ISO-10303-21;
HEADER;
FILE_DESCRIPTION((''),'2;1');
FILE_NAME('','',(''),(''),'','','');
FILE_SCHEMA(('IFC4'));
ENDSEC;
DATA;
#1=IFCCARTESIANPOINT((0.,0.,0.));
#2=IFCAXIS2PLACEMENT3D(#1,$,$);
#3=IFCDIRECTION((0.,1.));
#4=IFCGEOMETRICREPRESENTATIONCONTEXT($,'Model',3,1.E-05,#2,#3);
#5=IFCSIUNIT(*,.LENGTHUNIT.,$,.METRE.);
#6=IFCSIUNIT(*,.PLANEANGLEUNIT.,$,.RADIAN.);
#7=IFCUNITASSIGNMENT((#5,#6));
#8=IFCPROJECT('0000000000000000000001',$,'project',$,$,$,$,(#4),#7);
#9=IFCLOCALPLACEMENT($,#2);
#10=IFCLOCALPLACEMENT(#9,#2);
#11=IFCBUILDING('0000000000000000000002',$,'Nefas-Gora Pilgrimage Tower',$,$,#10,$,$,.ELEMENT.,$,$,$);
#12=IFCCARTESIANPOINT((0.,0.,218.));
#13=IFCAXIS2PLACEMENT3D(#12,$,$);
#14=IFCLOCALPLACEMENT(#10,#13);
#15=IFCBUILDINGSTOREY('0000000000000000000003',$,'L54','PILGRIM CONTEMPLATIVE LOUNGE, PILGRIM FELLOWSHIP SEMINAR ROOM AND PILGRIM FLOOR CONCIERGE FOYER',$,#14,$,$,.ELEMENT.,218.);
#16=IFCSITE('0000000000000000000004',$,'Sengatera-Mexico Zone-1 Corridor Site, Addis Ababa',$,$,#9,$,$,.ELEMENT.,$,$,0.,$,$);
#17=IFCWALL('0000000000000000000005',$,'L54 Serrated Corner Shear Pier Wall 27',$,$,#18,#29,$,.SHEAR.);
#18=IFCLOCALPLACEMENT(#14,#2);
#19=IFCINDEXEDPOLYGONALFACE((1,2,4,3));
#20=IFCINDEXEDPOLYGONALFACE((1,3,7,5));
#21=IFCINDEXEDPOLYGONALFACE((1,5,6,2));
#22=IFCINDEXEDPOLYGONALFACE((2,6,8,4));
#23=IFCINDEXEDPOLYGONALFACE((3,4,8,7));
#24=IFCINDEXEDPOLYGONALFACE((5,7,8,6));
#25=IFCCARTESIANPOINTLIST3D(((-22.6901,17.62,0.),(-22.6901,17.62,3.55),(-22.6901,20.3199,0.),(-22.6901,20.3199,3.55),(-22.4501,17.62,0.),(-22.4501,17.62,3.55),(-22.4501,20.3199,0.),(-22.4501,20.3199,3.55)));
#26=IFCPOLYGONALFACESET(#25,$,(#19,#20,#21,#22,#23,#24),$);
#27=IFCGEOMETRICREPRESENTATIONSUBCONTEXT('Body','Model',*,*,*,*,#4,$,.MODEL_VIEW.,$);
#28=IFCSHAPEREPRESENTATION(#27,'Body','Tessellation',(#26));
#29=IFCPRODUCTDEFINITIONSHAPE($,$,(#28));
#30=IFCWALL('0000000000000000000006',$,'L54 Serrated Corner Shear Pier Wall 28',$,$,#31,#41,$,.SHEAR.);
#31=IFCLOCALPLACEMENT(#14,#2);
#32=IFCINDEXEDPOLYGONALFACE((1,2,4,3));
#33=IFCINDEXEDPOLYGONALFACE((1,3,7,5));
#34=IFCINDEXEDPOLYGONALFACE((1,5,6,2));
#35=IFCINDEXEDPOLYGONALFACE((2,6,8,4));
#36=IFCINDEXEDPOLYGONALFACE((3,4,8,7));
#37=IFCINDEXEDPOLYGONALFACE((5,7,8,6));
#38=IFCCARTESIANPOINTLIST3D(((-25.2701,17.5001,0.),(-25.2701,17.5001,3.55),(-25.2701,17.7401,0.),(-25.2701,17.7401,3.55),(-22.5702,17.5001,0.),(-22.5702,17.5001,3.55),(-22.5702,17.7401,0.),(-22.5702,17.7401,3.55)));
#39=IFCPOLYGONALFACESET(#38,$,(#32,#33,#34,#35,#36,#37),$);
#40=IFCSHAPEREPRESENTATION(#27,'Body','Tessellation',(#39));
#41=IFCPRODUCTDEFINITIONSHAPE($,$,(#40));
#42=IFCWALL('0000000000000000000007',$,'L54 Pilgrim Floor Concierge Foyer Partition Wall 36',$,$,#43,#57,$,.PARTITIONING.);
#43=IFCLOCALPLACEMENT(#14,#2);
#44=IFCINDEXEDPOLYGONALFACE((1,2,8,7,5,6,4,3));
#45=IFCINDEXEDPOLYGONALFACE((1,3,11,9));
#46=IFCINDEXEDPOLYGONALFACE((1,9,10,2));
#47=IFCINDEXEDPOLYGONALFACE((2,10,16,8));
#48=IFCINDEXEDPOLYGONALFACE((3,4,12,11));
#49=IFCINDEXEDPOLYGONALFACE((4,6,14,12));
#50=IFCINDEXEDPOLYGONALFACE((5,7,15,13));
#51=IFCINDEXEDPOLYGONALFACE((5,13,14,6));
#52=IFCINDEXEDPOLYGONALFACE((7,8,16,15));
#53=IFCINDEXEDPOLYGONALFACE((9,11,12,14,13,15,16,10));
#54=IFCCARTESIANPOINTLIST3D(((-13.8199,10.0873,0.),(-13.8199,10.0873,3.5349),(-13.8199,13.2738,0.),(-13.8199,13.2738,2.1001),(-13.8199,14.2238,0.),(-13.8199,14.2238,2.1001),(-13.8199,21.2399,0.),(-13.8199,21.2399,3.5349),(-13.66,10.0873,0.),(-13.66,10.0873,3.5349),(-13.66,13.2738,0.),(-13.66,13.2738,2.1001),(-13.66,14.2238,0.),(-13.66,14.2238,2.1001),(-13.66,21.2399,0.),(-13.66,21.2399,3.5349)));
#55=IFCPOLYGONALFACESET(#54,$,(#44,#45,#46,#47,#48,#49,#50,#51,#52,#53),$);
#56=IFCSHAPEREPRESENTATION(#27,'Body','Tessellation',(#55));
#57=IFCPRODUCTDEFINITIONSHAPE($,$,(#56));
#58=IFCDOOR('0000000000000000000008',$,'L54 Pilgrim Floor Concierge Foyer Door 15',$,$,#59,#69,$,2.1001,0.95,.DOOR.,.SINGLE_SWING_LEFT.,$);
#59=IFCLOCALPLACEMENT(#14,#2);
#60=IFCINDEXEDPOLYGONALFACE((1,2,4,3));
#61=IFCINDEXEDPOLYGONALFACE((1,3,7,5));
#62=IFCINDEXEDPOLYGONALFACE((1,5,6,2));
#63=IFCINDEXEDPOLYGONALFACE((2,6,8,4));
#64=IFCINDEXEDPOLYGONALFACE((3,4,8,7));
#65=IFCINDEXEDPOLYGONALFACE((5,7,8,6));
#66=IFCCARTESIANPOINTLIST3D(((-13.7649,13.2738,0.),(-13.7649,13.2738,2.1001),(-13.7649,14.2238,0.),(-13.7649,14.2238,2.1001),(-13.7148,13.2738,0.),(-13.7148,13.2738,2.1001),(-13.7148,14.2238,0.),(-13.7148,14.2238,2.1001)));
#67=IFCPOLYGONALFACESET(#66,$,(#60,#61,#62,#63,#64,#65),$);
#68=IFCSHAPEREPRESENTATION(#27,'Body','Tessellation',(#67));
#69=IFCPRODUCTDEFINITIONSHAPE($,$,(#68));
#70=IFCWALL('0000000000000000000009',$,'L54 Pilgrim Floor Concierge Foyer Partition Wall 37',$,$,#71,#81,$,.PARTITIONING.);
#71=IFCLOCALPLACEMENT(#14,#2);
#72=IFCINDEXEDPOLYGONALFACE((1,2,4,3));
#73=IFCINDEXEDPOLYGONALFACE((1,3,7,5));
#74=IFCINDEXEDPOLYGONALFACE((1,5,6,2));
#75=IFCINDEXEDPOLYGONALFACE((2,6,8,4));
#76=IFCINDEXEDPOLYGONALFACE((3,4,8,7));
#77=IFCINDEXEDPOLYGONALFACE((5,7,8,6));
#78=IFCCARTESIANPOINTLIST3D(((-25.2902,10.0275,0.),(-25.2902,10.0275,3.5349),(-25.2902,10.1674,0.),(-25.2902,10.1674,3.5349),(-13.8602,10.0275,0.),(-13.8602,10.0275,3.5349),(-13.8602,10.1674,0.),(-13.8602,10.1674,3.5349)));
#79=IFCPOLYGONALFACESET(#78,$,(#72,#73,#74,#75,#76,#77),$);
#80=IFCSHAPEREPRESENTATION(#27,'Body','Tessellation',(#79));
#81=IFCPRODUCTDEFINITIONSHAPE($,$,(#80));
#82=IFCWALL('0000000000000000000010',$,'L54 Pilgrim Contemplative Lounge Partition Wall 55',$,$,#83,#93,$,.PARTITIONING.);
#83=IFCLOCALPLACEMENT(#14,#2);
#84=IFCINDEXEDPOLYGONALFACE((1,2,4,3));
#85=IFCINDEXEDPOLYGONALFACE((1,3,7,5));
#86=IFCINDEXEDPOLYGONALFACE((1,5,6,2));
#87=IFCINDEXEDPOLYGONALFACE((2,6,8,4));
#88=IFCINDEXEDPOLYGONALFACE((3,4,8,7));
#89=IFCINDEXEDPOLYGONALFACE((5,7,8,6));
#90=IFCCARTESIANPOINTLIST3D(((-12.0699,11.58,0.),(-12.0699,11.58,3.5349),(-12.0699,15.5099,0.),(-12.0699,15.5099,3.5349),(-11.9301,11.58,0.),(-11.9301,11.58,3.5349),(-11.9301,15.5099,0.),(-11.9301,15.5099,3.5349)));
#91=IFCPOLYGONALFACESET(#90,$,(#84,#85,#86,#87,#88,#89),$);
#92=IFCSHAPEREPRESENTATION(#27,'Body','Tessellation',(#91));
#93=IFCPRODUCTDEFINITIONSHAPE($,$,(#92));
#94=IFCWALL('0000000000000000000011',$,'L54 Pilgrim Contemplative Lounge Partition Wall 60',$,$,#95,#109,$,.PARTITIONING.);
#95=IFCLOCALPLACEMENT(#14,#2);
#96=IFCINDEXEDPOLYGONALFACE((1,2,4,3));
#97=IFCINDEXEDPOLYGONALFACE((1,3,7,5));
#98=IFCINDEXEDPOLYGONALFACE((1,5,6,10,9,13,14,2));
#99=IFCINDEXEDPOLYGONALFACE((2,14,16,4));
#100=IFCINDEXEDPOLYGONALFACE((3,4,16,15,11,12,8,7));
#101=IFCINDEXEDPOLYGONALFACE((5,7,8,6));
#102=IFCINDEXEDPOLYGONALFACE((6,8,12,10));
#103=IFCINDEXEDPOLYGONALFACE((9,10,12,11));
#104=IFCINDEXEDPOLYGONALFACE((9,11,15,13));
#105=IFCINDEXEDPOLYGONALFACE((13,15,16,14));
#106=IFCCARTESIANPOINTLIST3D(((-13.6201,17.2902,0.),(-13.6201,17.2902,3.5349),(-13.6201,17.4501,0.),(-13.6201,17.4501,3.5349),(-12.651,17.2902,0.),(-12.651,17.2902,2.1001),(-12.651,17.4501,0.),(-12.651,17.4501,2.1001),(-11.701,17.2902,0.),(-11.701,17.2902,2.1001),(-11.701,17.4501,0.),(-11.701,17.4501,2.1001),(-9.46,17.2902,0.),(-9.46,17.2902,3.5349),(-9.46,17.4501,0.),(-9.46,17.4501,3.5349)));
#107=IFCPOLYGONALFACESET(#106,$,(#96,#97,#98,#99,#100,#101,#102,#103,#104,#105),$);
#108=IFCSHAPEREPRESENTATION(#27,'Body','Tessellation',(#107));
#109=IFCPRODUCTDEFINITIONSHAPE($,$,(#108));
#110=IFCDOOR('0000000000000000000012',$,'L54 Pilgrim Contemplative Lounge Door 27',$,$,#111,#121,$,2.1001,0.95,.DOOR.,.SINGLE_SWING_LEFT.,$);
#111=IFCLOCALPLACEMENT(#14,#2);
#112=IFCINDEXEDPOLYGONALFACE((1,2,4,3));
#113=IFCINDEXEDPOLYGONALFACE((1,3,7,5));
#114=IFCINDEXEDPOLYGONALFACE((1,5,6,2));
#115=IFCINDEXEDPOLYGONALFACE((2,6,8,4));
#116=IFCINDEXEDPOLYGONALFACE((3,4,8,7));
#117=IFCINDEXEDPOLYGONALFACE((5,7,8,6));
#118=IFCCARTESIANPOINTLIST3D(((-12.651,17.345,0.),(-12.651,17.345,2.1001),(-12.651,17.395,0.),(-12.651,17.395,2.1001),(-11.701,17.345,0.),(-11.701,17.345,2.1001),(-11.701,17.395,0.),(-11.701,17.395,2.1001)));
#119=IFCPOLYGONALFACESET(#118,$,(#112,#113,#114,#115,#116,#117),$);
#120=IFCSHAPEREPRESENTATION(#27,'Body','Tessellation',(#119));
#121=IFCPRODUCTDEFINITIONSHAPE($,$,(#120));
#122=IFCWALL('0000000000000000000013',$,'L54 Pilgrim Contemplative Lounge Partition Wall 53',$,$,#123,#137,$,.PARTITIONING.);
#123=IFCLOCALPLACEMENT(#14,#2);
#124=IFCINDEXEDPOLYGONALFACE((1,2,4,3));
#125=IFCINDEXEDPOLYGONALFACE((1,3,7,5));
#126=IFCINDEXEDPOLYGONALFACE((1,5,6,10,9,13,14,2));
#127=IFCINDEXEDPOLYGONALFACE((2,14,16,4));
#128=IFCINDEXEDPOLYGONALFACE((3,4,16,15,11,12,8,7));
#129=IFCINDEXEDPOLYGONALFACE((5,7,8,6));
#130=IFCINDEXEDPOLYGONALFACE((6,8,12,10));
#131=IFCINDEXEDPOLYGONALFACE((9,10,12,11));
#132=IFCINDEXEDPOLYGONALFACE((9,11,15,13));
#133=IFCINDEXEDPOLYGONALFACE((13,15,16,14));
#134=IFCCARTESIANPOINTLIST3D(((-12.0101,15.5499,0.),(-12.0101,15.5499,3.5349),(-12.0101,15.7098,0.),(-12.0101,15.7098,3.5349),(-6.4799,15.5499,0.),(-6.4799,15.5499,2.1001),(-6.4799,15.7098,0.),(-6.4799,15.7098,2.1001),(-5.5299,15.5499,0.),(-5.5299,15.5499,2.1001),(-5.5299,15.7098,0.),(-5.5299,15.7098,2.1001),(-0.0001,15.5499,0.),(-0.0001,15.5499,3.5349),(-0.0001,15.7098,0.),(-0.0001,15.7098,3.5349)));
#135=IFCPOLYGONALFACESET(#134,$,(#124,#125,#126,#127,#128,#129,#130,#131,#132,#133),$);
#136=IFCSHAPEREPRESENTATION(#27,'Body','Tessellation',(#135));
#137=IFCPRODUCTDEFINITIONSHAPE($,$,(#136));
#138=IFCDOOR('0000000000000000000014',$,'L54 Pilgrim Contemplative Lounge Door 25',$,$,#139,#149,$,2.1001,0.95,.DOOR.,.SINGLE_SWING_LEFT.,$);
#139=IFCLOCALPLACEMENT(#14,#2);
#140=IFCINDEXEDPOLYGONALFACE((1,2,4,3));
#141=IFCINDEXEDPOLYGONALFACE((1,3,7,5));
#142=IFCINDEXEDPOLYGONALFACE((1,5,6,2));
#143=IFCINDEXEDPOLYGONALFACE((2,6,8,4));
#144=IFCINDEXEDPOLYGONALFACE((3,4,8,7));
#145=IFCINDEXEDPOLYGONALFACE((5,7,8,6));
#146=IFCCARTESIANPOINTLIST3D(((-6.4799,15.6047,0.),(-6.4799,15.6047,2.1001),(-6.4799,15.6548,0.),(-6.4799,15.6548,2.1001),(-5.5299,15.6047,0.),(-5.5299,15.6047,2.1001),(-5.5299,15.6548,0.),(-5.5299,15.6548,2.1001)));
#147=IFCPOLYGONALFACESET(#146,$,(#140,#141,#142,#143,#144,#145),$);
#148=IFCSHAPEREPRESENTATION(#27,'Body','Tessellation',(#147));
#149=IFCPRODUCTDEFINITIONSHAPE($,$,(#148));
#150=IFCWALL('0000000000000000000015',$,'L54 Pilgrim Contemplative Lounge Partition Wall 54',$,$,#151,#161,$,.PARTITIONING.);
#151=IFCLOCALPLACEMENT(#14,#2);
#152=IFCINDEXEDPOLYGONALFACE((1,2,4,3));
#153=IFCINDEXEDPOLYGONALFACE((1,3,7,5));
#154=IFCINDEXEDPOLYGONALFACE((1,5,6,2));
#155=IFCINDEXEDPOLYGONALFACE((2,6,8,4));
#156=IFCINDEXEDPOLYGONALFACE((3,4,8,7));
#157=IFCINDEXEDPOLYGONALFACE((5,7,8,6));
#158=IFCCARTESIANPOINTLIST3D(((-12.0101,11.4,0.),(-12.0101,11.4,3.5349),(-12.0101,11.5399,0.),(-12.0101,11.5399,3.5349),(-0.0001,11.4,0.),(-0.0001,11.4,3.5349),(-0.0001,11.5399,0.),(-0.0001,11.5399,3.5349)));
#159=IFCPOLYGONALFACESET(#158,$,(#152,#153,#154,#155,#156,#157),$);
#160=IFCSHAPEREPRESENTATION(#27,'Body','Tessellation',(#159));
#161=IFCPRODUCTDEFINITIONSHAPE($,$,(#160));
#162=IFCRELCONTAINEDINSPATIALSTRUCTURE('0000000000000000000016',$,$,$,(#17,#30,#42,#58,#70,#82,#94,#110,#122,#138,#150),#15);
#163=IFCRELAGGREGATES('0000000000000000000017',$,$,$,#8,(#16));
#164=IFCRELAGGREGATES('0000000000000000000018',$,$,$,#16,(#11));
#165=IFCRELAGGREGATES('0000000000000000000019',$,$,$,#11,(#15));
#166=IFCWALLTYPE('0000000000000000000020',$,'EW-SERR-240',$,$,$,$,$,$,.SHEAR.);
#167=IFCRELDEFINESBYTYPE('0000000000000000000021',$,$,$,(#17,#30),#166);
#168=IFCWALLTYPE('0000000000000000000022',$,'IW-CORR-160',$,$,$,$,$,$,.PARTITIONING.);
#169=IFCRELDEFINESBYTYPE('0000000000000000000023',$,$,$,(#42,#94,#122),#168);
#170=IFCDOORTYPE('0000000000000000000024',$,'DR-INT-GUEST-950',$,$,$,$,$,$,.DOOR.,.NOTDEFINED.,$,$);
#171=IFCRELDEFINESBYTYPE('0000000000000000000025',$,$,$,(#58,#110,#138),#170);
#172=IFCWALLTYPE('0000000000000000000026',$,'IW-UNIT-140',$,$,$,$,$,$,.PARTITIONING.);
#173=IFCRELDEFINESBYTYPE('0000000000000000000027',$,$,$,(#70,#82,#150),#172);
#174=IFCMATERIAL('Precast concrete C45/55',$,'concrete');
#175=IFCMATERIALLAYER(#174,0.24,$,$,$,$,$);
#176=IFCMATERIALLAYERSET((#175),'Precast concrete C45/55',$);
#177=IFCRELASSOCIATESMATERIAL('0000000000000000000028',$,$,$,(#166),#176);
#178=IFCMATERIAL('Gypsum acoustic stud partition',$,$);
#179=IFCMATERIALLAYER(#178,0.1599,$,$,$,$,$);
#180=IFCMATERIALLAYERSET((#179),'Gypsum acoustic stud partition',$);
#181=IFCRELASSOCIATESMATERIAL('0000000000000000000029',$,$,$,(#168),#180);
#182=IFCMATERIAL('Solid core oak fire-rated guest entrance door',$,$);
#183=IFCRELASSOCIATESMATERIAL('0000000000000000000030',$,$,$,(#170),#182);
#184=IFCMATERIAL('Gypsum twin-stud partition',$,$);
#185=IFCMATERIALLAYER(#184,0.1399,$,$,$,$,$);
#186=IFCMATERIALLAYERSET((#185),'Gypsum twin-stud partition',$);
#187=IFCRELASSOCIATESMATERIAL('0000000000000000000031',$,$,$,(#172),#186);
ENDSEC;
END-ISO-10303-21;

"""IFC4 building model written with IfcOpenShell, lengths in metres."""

from ifc_helpers import new_model, si_unit, direction, frame, frame_2d, origin, place, context, subcontext, project, spatial, rectangle, extrude, source, transform, mapped, material, layer, layer_set, type_object, element, fill, save


model = new_model("IFC4")

# Units and contexts
model_context = context("Model", 3, precision=1e-05, world=origin(), true_north=direction((0.0, 1.0)))
body_context = subcontext(model_context, "Body", "Model", "MODEL_VIEW")
ifc_project = project(units=[si_unit("LENGTHUNIT", "METRE"), si_unit("PLANEANGLEUNIT", "RADIAN")], contexts=[model_context])

# Site, building, storey
site_placement = place(None, origin())
site = spatial("IfcSite", under=ifc_project, at=site_placement, Name="Sengatera-Mexico Zone-1 Corridor Site, Addis Ababa", CompositionType="ELEMENT", RefElevation=0.0)
building_placement = place(site_placement, origin())
building = spatial("IfcBuilding", under=site, at=building_placement, Name="Nefas-Gora Pilgrimage Tower", CompositionType="ELEMENT")
storey_placement = place(building_placement, frame((0.0, 0.0, 218.0)))
storey = spatial("IfcBuildingStorey", under=building, at=storey_placement, Name="L54", Description="PILGRIM CONTEMPLATIVE LOUNGE, PILGRIM FELLOWSHIP SEMINAR ROOM AND PILGRIM FLOOR CONCIERGE FOYER", CompositionType="ELEMENT", Elevation=218.0)

# Shared definitions
ifc_material_1 = material(Name="Precast concrete C45/55", Category="concrete")
ifc_layer_1 = layer(ifc_material_1, 0.24)
ifc_layer_set_1 = layer_set([ifc_layer_1], Name="Precast concrete C45/55")
wall_type_1 = type_object("IfcWallType", Name="EW-SERR-240", PredefinedType="SHEAR", material=ifc_layer_set_1)
shared_shape_1 = source(origin(), body_context, "Body", "SweptSolid", [
    extrude(rectangle(XDim=2.7, YDim=0.24, at=frame_2d((1.3501, 0.0))), origin(), (0.0, 0.0, 1.0), 3.55),
])

# Walls
for number, where, z_axis, x_axis, name in (
    (1, (-22.5701, 20.3201, 0.0), (0.0, 0.0, 1.0), (0.0, -1.0, 0.0), "L54 Serrated Corner Shear Pier Wall 27"),
    (2, (-22.5701, 17.6201, 0.0), (0.0, 0.0, 1.0), (-1.0, 0.0, 0.0), "L54 Serrated Corner Shear Pier Wall 28"),
):
    element("IfcWall", number, at=place(storey_placement, frame(where, z_axis=z_axis, x_axis=x_axis)), inside=storey, type_object=wall_type_1, Name=name, PredefinedType="SHEAR", context=body_context, shape_type="MappedRepresentation", body=[
        mapped(shared_shape_1, transform((0.0, 0.0, 0.0), x_axis=(1.0, 0.0, 0.0), y_axis=(0.0, 1.0, 0.0), z_axis=(0.0, 0.0, 1.0), scale=1.0)),
    ])

# Wall, opening, door
ifc_material_2 = material(Name="Gypsum acoustic stud partition")
ifc_layer_2 = layer(ifc_material_2, 0.1599)
ifc_layer_set_2 = layer_set([ifc_layer_2], Name="Gypsum acoustic stud partition")
wall_type_2 = type_object("IfcWallType", Name="IW-CORR-160", PredefinedType="PARTITIONING", material=ifc_layer_set_2)
shared_shape_2 = source(origin(), body_context, "Body", "SweptSolid", [
    extrude(rectangle(XDim=11.1526, YDim=0.1599, at=frame_2d((5.5762, 0.0))), origin(), (0.0, 0.0, 1.0), 3.5349),
])
wall_1_placement = place(storey_placement, frame((-13.74, 10.0874, 0.0), z_axis=(0.0, 0.0, 1.0), x_axis=(0.0, 1.0, 0.0)))
wall_1 = element("IfcWall", 3, at=wall_1_placement, inside=storey, type_object=wall_type_2, Name="L54 Pilgrim Floor Concierge Foyer Partition Wall 36", PredefinedType="PARTITIONING", context=body_context, shape_type="MappedRepresentation", body=[
    mapped(shared_shape_2, transform((0.0, 0.0, 0.0), x_axis=(1.0, 0.0, 0.0), y_axis=(0.0, 1.0, 0.0), z_axis=(0.0, 0.0, 1.0), scale=1.0)),
])
opening_1_placement = place(wall_1_placement, frame((3.1863, 0.0, 0.0)))
opening_1 = element("IfcOpeningElement", 4, at=opening_1_placement, cuts=wall_1, PredefinedType="OPENING", context=body_context, shape_type="SweptSolid", body=[
    extrude(rectangle(XDim=0.95, YDim=2.1001, at=frame_2d((0.4751, 1.05))), frame((0.0, 0.0898, 0.0), z_axis=(0.0, -1.0, 0.0), x_axis=(1.0, 0.0, 0.0)), (0.0, 0.0, 1.0), 0.1799),
])
ifc_material_3 = material(Name="Solid core oak fire-rated guest entrance door")
door_type = type_object("IfcDoorType", Name="DR-INT-GUEST-950", OperationType="NOTDEFINED", PredefinedType="DOOR", material=ifc_material_3)
shared_shape_3 = source(origin(), body_context, "Body", "SweptSolid", [
    extrude(rectangle(XDim=0.95, YDim=2.1001, at=frame_2d((0.4751, 1.05))), frame((0.0, 0.0249, 0.0), z_axis=(0.0, -1.0, 0.0), x_axis=(1.0, 0.0, 0.0)), (0.0, 0.0, 1.0), 0.05),
])
door_1_placement = place(opening_1_placement, origin())
door_1 = element("IfcDoor", 5, at=door_1_placement, inside=storey, type_object=door_type, Name="L54 Pilgrim Floor Concierge Foyer Door 15", OperationType="SINGLE_SWING_LEFT", OverallHeight=2.1001, OverallWidth=0.95, PredefinedType="DOOR", context=body_context, shape_type="MappedRepresentation", body=[
    mapped(shared_shape_3, transform((0.0, 0.0, 0.0), x_axis=(1.0, 0.0, 0.0), y_axis=(0.0, 1.0, 0.0), z_axis=(0.0, 0.0, 1.0), scale=1.0)),
])
fill(opening_1, door_1)

# Walls
ifc_material_4 = material(Name="Gypsum twin-stud partition")
ifc_layer_3 = layer(ifc_material_4, 0.1399)
ifc_layer_set_3 = layer_set([ifc_layer_3], Name="Gypsum twin-stud partition")
wall_type_3 = type_object("IfcWallType", Name="IW-UNIT-140", PredefinedType="PARTITIONING", material=ifc_layer_set_3)
shared_shape_4 = source(origin(), body_context, "Body", "SweptSolid", [
    extrude(rectangle(XDim=11.4299, YDim=0.1399, at=frame_2d((5.7148, 0.0))), origin(), (0.0, 0.0, 1.0), 3.5349),
])
wall_2_placement = place(storey_placement, frame((-25.29, 10.0974, 0.0), z_axis=(0.0, 0.0, 1.0), x_axis=(1.0, 0.0, 0.0)))
element("IfcWall", 6, at=wall_2_placement, inside=storey, type_object=wall_type_3, Name="L54 Pilgrim Floor Concierge Foyer Partition Wall 37", PredefinedType="PARTITIONING", context=body_context, shape_type="MappedRepresentation", body=[
    mapped(shared_shape_4, transform((0.0, 0.0, 0.0), x_axis=(1.0, 0.0, 0.0), y_axis=(0.0, 1.0, 0.0), z_axis=(0.0, 0.0, 1.0), scale=1.0)),
])
shared_shape_5 = source(origin(), body_context, "Body", "SweptSolid", [
    extrude(rectangle(XDim=3.9299, YDim=0.1399, at=frame_2d((1.9648, 0.0))), origin(), (0.0, 0.0, 1.0), 3.5349),
])
wall_3_placement = place(storey_placement, frame((-12.0, 11.5801, 0.0), z_axis=(0.0, 0.0, 1.0), x_axis=(0.0, 1.0, 0.0)))
element("IfcWall", 7, at=wall_3_placement, inside=storey, type_object=wall_type_3, Name="L54 Pilgrim Contemplative Lounge Partition Wall 55", PredefinedType="PARTITIONING", context=body_context, shape_type="MappedRepresentation", body=[
    mapped(shared_shape_5, transform((0.0, 0.0, 0.0), x_axis=(1.0, 0.0, 0.0), y_axis=(0.0, 1.0, 0.0), z_axis=(0.0, 0.0, 1.0), scale=1.0)),
])

# Walls, openings, doors
shared_shape_6 = source(origin(), body_context, "Body", "SweptSolid", [
    extrude(rectangle(XDim=4.1602, YDim=0.1599, at=frame_2d((2.0801, 0.0))), origin(), (0.0, 0.0, 1.0), 3.5349),
])
wall_4_placement = place(storey_placement, frame((-13.6201, 17.3701, 0.0), z_axis=(0.0, 0.0, 1.0), x_axis=(1.0, 0.0, 0.0)))
wall_4 = element("IfcWall", 8, at=wall_4_placement, inside=storey, type_object=wall_type_2, Name="L54 Pilgrim Contemplative Lounge Partition Wall 60", PredefinedType="PARTITIONING", context=body_context, shape_type="MappedRepresentation", body=[
    mapped(shared_shape_6, transform((0.0, 0.0, 0.0), x_axis=(1.0, 0.0, 0.0), y_axis=(0.0, 1.0, 0.0), z_axis=(0.0, 0.0, 1.0), scale=1.0)),
])
opening_2_placement = place(wall_4_placement, frame((0.969, 0.0, 0.0)))
opening_2 = element("IfcOpeningElement", 9, at=opening_2_placement, cuts=wall_4, PredefinedType="OPENING", context=body_context, shape_type="SweptSolid", body=[
    extrude(rectangle(XDim=0.95, YDim=2.1001, at=frame_2d((0.4751, 1.05))), frame((0.0, 0.0898, 0.0), z_axis=(0.0, -1.0, 0.0), x_axis=(1.0, 0.0, 0.0)), (0.0, 0.0, 1.0), 0.1799),
])
door_2_placement = place(opening_2_placement, origin())
door_2 = element("IfcDoor", 10, at=door_2_placement, inside=storey, type_object=door_type, Name="L54 Pilgrim Contemplative Lounge Door 27", OperationType="SINGLE_SWING_LEFT", OverallHeight=2.1001, OverallWidth=0.95, PredefinedType="DOOR", context=body_context, shape_type="MappedRepresentation", body=[
    mapped(shared_shape_3, transform((0.0, 0.0, 0.0), x_axis=(1.0, 0.0, 0.0), y_axis=(0.0, 1.0, 0.0), z_axis=(0.0, 0.0, 1.0), scale=1.0)),
])
fill(opening_2, door_2)
shared_shape_7 = source(origin(), body_context, "Body", "SweptSolid", [
    extrude(rectangle(XDim=12.01, YDim=0.1599, at=frame_2d((6.0049, 0.0))), origin(), (0.0, 0.0, 1.0), 3.5349),
])
wall_5_placement = place(storey_placement, frame((-12.01, 15.6299, 0.0), z_axis=(0.0, 0.0, 1.0), x_axis=(1.0, 0.0, 0.0)))
wall_5 = element("IfcWall", 11, at=wall_5_placement, inside=storey, type_object=wall_type_2, Name="L54 Pilgrim Contemplative Lounge Partition Wall 53", PredefinedType="PARTITIONING", context=body_context, shape_type="MappedRepresentation", body=[
    mapped(shared_shape_7, transform((0.0, 0.0, 0.0), x_axis=(1.0, 0.0, 0.0), y_axis=(0.0, 1.0, 0.0), z_axis=(0.0, 0.0, 1.0), scale=1.0)),
])
opening_3_placement = place(wall_5_placement, frame((5.53, 0.0, 0.0)))
opening_3 = element("IfcOpeningElement", 12, at=opening_3_placement, cuts=wall_5, PredefinedType="OPENING", context=body_context, shape_type="SweptSolid", body=[
    extrude(rectangle(XDim=0.95, YDim=2.1001, at=frame_2d((0.4751, 1.05))), frame((0.0, 0.0898, 0.0), z_axis=(0.0, -1.0, 0.0), x_axis=(1.0, 0.0, 0.0)), (0.0, 0.0, 1.0), 0.1799),
])
door_3_placement = place(opening_3_placement, origin())
door_3 = element("IfcDoor", 13, at=door_3_placement, inside=storey, type_object=door_type, Name="L54 Pilgrim Contemplative Lounge Door 25", OperationType="SINGLE_SWING_LEFT", OverallHeight=2.1001, OverallWidth=0.95, PredefinedType="DOOR", context=body_context, shape_type="MappedRepresentation", body=[
    mapped(shared_shape_3, transform((0.0, 0.0, 0.0), x_axis=(1.0, 0.0, 0.0), y_axis=(0.0, 1.0, 0.0), z_axis=(0.0, 0.0, 1.0), scale=1.0)),
])
fill(opening_3, door_3)

# Wall
shared_shape_8 = source(origin(), body_context, "Body", "SweptSolid", [
    extrude(rectangle(XDim=12.01, YDim=0.1399, at=frame_2d((6.0049, 0.0))), origin(), (0.0, 0.0, 1.0), 3.5349),
])
wall_6_placement = place(storey_placement, frame((-12.01, 11.47, 0.0), z_axis=(0.0, 0.0, 1.0), x_axis=(1.0, 0.0, 0.0)))
element("IfcWall", 14, at=wall_6_placement, inside=storey, type_object=wall_type_3, Name="L54 Pilgrim Contemplative Lounge Partition Wall 54", PredefinedType="PARTITIONING", context=body_context, shape_type="MappedRepresentation", body=[
    mapped(shared_shape_8, transform((0.0, 0.0, 0.0), x_axis=(1.0, 0.0, 0.0), y_axis=(0.0, 1.0, 0.0), z_axis=(0.0, 0.0, 1.0), scale=1.0)),
])

save(model, "model.ifc")
